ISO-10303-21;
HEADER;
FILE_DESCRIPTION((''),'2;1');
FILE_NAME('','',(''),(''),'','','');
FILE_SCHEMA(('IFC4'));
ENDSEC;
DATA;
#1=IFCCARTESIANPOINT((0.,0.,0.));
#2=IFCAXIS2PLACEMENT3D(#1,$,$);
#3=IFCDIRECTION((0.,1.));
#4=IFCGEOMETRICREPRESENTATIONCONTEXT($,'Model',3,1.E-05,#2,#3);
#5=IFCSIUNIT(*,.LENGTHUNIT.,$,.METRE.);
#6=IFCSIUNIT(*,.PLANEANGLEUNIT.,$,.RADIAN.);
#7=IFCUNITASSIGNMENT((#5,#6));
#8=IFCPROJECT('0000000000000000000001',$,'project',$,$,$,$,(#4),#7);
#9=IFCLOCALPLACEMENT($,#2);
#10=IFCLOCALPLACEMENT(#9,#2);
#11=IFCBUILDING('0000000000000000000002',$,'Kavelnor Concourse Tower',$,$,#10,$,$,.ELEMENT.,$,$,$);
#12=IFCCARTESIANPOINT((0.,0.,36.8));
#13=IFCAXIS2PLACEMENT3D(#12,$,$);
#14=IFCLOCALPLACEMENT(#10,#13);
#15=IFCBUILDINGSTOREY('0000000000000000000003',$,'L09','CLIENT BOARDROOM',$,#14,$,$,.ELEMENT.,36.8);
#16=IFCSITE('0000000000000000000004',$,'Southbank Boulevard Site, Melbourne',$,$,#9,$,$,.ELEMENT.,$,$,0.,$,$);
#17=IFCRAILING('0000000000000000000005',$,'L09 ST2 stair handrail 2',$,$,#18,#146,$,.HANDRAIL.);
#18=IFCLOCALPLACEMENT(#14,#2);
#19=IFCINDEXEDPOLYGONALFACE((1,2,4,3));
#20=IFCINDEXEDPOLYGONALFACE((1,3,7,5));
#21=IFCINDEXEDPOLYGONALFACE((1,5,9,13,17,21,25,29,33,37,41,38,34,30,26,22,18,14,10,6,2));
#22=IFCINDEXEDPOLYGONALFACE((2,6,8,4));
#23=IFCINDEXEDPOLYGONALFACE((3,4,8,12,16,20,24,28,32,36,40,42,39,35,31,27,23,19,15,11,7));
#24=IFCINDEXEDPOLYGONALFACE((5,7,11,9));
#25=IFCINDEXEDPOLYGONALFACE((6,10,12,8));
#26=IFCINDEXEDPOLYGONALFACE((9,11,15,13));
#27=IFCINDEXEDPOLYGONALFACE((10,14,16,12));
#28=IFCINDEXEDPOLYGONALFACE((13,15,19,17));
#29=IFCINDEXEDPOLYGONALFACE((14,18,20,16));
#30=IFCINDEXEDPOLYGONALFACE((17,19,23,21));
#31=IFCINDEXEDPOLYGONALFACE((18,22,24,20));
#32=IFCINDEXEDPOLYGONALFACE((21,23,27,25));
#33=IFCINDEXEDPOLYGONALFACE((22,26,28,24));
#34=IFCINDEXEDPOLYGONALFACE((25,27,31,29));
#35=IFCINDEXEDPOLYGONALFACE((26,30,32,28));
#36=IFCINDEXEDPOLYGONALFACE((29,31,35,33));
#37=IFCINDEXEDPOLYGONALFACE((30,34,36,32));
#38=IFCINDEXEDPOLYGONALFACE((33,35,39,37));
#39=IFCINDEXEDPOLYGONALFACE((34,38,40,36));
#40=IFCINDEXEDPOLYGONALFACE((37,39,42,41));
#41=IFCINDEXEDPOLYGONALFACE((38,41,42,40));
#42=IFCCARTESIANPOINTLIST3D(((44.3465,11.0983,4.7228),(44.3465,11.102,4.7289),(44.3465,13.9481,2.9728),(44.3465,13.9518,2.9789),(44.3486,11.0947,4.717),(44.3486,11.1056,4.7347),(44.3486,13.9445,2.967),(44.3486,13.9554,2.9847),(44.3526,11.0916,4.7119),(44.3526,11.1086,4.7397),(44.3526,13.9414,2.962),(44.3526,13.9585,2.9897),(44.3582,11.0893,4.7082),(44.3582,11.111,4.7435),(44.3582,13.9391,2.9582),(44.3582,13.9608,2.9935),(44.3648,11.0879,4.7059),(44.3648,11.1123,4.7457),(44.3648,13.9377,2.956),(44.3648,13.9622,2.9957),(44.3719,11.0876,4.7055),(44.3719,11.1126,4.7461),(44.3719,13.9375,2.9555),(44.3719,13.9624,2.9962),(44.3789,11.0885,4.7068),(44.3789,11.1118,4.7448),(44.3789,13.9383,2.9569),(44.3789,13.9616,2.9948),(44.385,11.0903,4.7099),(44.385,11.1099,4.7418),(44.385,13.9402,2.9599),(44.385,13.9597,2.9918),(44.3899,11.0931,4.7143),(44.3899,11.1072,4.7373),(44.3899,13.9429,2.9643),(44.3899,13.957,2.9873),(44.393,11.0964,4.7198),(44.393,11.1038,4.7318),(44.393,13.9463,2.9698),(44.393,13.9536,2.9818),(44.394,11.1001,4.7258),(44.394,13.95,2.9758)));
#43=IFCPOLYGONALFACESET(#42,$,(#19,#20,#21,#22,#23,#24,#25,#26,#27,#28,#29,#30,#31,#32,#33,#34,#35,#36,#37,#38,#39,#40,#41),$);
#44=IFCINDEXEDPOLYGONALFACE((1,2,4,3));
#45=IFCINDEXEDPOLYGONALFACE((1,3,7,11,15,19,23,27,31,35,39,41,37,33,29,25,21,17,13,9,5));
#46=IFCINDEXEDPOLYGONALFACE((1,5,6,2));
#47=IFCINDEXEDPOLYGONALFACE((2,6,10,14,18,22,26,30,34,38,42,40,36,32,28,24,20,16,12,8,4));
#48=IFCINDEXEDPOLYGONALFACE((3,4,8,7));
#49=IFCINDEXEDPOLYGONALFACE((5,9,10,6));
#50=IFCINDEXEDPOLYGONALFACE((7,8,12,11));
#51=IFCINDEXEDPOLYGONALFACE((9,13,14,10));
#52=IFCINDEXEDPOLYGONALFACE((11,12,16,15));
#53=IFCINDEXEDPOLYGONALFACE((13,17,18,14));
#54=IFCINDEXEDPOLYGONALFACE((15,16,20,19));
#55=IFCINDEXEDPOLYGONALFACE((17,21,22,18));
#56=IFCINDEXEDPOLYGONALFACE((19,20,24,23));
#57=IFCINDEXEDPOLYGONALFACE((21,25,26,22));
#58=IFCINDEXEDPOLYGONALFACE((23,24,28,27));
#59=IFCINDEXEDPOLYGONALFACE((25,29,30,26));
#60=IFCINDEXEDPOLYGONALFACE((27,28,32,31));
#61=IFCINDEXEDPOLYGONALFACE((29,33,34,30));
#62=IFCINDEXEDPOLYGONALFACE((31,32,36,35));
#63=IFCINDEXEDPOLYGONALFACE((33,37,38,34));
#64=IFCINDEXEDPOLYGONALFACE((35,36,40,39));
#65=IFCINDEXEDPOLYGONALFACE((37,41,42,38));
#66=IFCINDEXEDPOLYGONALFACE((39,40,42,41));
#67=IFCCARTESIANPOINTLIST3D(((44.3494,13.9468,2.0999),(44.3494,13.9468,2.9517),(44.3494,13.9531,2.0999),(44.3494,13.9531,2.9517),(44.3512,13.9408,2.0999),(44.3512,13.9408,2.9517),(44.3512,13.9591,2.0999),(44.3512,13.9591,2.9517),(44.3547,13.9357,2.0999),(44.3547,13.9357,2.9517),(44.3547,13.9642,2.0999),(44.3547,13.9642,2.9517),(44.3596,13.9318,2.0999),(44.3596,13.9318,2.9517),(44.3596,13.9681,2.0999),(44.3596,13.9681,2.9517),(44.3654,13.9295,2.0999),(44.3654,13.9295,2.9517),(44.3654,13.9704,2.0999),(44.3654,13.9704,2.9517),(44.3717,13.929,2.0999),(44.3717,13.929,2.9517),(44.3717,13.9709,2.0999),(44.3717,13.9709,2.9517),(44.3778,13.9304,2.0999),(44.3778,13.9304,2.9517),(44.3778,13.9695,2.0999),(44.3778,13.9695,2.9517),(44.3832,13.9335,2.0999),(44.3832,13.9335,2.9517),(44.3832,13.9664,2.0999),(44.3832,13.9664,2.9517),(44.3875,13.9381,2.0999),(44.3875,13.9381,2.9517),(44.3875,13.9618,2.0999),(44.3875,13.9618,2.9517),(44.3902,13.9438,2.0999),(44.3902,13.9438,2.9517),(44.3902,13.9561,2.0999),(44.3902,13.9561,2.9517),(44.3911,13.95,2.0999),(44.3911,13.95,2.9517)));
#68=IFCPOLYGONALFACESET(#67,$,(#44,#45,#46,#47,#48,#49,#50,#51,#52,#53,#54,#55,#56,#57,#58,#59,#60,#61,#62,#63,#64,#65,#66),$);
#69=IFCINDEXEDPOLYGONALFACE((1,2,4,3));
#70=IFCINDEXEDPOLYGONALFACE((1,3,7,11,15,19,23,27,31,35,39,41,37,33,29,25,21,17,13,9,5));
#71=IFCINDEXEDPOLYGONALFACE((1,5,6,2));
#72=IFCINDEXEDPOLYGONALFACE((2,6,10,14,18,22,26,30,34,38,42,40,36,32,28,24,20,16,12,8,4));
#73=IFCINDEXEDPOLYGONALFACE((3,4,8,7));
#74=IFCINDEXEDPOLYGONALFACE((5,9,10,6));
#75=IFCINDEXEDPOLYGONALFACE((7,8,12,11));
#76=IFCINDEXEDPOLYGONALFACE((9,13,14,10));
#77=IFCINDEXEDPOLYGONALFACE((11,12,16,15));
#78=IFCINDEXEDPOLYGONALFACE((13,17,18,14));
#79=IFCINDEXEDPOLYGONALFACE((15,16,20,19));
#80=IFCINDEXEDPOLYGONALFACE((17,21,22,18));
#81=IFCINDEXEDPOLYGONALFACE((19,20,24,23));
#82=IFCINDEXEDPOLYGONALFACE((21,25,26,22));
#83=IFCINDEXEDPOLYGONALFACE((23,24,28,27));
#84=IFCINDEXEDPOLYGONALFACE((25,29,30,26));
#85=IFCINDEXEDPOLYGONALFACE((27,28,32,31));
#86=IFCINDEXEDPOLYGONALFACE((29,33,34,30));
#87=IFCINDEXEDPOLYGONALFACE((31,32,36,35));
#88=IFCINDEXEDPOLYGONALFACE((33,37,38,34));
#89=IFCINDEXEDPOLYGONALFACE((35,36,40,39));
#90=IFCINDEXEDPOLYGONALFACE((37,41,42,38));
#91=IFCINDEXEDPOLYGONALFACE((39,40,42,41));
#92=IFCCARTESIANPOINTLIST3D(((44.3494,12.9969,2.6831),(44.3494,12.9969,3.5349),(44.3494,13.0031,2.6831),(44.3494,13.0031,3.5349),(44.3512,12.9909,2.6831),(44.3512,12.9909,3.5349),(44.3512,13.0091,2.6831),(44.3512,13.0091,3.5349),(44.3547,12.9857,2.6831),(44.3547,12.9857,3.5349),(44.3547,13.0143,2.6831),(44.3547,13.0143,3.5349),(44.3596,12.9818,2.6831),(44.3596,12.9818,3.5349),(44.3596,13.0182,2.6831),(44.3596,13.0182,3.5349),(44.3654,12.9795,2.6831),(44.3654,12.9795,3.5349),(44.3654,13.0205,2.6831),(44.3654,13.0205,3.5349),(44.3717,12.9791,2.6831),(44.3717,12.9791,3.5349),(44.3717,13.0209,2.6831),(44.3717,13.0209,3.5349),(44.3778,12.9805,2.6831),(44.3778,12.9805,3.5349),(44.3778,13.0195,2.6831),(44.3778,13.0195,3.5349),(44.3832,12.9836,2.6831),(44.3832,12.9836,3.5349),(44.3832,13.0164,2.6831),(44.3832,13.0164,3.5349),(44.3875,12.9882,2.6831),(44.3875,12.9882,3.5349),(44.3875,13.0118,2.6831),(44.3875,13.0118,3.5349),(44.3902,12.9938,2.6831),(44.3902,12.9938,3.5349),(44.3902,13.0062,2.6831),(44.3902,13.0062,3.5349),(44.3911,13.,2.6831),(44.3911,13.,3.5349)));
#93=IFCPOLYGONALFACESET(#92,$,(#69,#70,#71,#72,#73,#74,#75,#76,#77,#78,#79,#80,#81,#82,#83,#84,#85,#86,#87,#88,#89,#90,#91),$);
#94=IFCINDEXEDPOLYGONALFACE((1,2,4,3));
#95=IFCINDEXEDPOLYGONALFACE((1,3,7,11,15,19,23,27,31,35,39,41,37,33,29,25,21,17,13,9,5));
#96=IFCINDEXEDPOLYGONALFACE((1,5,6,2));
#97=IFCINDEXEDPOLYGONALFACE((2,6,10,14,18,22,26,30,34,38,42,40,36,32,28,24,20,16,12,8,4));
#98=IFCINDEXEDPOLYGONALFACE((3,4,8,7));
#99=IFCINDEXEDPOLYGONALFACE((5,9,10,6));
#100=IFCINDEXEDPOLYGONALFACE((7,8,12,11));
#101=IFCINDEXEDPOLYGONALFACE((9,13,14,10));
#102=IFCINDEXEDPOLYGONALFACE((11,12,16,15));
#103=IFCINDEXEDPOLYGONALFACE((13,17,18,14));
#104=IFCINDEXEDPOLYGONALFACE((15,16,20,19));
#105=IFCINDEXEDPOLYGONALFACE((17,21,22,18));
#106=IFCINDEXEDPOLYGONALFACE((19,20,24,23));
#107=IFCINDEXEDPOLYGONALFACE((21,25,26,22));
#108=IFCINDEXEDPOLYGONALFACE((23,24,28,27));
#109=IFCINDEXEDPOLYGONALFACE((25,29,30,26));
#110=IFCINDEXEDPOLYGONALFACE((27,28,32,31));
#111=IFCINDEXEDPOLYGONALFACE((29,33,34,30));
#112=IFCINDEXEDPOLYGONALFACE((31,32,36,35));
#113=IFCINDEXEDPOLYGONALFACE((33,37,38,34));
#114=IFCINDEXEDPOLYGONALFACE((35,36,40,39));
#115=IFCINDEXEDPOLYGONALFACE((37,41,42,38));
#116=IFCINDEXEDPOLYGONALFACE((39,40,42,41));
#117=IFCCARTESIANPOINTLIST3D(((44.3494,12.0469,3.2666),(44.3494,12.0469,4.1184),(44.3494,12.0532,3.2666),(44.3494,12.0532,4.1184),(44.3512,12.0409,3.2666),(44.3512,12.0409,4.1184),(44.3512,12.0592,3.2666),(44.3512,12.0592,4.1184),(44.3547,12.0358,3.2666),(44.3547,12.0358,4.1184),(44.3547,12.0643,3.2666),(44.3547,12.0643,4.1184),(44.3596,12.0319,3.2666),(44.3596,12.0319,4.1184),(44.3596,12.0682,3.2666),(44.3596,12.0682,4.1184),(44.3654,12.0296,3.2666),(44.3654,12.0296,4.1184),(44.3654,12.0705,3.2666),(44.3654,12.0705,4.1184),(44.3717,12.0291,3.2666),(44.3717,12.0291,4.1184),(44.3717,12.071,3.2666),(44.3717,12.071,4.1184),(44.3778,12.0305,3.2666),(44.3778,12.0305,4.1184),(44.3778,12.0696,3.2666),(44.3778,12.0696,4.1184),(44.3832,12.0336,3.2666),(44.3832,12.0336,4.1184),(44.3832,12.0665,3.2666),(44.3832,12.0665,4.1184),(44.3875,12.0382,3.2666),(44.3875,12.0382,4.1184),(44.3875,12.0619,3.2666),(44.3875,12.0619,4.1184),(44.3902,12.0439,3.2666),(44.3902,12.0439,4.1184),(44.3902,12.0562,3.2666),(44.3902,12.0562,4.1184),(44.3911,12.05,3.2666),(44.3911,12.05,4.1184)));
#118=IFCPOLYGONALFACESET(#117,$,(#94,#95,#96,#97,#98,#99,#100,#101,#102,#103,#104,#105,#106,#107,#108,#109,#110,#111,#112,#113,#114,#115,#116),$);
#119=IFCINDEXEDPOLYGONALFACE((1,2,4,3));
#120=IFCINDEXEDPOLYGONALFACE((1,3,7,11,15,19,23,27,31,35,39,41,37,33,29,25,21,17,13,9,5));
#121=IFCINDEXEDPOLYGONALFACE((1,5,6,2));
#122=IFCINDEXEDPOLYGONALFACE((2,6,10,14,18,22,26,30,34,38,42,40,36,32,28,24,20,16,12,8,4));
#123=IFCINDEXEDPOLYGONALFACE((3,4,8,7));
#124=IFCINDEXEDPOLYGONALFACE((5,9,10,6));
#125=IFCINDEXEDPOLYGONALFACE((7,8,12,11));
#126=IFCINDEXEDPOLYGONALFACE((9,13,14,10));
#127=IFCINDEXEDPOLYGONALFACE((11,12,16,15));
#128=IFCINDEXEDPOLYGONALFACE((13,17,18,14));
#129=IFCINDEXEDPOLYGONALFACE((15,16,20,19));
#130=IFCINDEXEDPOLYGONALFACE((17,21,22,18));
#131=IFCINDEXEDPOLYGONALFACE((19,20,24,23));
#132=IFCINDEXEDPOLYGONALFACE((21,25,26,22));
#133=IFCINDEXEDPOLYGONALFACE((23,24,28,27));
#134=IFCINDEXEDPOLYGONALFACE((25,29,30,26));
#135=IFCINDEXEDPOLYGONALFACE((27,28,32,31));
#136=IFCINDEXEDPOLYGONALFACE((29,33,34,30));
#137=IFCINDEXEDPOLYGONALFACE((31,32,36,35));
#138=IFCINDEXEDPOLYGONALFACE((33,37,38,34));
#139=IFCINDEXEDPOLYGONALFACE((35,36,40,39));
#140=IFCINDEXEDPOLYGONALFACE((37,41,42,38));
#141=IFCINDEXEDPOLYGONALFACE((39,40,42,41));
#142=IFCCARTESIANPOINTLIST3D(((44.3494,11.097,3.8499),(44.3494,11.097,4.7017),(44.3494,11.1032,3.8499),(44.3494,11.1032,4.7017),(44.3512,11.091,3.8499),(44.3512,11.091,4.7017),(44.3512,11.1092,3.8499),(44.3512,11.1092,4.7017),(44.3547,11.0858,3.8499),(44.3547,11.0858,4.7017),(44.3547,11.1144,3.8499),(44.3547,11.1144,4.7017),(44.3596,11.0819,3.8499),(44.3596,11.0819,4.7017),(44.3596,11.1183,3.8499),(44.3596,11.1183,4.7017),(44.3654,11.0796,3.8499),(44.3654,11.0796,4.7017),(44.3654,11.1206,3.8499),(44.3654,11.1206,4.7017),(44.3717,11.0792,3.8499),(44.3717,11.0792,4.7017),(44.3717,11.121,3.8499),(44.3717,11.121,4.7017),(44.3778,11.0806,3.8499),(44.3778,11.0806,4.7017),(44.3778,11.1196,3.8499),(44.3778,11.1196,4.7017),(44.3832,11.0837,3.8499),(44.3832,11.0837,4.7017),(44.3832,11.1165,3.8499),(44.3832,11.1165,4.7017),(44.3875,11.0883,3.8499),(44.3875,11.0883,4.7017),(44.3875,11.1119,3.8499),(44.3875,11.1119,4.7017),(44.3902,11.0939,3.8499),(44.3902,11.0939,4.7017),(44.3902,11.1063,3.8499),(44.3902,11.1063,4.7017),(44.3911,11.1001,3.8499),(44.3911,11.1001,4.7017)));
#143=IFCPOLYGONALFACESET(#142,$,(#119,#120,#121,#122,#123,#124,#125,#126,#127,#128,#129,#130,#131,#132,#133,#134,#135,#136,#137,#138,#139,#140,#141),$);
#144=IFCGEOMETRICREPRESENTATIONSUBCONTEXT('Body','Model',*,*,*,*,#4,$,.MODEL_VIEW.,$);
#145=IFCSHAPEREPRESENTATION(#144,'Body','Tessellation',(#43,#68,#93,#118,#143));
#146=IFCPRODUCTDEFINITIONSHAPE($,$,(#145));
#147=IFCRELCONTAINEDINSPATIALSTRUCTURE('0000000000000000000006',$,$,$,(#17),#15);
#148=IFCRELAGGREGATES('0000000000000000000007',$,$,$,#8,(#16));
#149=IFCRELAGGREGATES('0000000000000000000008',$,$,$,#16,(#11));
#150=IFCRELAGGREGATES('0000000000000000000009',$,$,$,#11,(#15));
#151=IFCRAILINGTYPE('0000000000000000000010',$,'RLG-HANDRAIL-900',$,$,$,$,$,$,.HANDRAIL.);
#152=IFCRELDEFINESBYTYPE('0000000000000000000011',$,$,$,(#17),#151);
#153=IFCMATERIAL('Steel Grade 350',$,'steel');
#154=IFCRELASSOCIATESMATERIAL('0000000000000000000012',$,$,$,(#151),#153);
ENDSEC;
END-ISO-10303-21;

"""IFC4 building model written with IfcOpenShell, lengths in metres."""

from ifc_helpers import new_model, si_unit, direction, frame, origin, origin_2d, place, context, subcontext, project, spatial, circle, extrude, material, type_object, element, save


model = new_model("IFC4")

# Units and contexts
model_context = context("Model", 3, precision=1e-05, world=origin(), true_north=direction((0.0, 1.0)))
body_context = subcontext(model_context, "Body", "Model", "MODEL_VIEW")
ifc_project = project(units=[si_unit("LENGTHUNIT", "METRE"), si_unit("PLANEANGLEUNIT", "RADIAN")], contexts=[model_context])

# Site, building, storey
site_placement = place(None, origin())
site = spatial("IfcSite", under=ifc_project, at=site_placement, Name="Southbank Boulevard Site, Melbourne", CompositionType="ELEMENT", RefElevation=0.0)
building_placement = place(site_placement, origin())
building = spatial("IfcBuilding", under=site, at=building_placement, Name="Kavelnor Concourse Tower", CompositionType="ELEMENT")
storey_placement = place(building_placement, frame((0.0, 0.0, 36.8)))
storey = spatial("IfcBuildingStorey", under=building, at=storey_placement, Name="L09", Description="CLIENT BOARDROOM", CompositionType="ELEMENT", Elevation=36.8)

# Shared definitions
ifc_material_1 = material(Name="Steel Grade 350", Category="steel")

# Railing
railing_type_1 = type_object("IfcRailingType", Name="RLG-HANDRAIL-900", PredefinedType="HANDRAIL", material=ifc_material_1)
railing_1_placement = place(storey_placement, frame((44.3701, 13.95, 2.0999)))
element("IfcRailing", 1, at=railing_1_placement, inside=storey, type_object=railing_type_1, Name="L09 ST2 stair handrail 2", PredefinedType="HANDRAIL", context=body_context, shape_type="SweptSolid", body=[
    extrude(circle(Radius=0.0239, at=origin_2d()), frame((0.0, 0.0, 0.876), z_axis=(0.0, -0.852159, 0.523283), x_axis=(1.0, 0.0, 0.0)), (0.0, 0.0, 1.0), 3.3442),
    extrude(circle(Radius=0.021, at=origin_2d()), origin(), (0.0, 0.0, 1.0), 0.8518),
    extrude(circle(Radius=0.021, at=origin_2d()), frame((0.0, -0.95, 0.5833)), (0.0, 0.0, 1.0), 0.8518),
    extrude(circle(Radius=0.021, at=origin_2d()), frame((0.0, -1.8999, 1.1667)), (0.0, 0.0, 1.0), 0.8518),
    extrude(circle(Radius=0.021, at=origin_2d()), frame((0.0, -2.8499, 1.75)), (0.0, 0.0, 1.0), 0.8518),
])

save(model, "model.ifc")
